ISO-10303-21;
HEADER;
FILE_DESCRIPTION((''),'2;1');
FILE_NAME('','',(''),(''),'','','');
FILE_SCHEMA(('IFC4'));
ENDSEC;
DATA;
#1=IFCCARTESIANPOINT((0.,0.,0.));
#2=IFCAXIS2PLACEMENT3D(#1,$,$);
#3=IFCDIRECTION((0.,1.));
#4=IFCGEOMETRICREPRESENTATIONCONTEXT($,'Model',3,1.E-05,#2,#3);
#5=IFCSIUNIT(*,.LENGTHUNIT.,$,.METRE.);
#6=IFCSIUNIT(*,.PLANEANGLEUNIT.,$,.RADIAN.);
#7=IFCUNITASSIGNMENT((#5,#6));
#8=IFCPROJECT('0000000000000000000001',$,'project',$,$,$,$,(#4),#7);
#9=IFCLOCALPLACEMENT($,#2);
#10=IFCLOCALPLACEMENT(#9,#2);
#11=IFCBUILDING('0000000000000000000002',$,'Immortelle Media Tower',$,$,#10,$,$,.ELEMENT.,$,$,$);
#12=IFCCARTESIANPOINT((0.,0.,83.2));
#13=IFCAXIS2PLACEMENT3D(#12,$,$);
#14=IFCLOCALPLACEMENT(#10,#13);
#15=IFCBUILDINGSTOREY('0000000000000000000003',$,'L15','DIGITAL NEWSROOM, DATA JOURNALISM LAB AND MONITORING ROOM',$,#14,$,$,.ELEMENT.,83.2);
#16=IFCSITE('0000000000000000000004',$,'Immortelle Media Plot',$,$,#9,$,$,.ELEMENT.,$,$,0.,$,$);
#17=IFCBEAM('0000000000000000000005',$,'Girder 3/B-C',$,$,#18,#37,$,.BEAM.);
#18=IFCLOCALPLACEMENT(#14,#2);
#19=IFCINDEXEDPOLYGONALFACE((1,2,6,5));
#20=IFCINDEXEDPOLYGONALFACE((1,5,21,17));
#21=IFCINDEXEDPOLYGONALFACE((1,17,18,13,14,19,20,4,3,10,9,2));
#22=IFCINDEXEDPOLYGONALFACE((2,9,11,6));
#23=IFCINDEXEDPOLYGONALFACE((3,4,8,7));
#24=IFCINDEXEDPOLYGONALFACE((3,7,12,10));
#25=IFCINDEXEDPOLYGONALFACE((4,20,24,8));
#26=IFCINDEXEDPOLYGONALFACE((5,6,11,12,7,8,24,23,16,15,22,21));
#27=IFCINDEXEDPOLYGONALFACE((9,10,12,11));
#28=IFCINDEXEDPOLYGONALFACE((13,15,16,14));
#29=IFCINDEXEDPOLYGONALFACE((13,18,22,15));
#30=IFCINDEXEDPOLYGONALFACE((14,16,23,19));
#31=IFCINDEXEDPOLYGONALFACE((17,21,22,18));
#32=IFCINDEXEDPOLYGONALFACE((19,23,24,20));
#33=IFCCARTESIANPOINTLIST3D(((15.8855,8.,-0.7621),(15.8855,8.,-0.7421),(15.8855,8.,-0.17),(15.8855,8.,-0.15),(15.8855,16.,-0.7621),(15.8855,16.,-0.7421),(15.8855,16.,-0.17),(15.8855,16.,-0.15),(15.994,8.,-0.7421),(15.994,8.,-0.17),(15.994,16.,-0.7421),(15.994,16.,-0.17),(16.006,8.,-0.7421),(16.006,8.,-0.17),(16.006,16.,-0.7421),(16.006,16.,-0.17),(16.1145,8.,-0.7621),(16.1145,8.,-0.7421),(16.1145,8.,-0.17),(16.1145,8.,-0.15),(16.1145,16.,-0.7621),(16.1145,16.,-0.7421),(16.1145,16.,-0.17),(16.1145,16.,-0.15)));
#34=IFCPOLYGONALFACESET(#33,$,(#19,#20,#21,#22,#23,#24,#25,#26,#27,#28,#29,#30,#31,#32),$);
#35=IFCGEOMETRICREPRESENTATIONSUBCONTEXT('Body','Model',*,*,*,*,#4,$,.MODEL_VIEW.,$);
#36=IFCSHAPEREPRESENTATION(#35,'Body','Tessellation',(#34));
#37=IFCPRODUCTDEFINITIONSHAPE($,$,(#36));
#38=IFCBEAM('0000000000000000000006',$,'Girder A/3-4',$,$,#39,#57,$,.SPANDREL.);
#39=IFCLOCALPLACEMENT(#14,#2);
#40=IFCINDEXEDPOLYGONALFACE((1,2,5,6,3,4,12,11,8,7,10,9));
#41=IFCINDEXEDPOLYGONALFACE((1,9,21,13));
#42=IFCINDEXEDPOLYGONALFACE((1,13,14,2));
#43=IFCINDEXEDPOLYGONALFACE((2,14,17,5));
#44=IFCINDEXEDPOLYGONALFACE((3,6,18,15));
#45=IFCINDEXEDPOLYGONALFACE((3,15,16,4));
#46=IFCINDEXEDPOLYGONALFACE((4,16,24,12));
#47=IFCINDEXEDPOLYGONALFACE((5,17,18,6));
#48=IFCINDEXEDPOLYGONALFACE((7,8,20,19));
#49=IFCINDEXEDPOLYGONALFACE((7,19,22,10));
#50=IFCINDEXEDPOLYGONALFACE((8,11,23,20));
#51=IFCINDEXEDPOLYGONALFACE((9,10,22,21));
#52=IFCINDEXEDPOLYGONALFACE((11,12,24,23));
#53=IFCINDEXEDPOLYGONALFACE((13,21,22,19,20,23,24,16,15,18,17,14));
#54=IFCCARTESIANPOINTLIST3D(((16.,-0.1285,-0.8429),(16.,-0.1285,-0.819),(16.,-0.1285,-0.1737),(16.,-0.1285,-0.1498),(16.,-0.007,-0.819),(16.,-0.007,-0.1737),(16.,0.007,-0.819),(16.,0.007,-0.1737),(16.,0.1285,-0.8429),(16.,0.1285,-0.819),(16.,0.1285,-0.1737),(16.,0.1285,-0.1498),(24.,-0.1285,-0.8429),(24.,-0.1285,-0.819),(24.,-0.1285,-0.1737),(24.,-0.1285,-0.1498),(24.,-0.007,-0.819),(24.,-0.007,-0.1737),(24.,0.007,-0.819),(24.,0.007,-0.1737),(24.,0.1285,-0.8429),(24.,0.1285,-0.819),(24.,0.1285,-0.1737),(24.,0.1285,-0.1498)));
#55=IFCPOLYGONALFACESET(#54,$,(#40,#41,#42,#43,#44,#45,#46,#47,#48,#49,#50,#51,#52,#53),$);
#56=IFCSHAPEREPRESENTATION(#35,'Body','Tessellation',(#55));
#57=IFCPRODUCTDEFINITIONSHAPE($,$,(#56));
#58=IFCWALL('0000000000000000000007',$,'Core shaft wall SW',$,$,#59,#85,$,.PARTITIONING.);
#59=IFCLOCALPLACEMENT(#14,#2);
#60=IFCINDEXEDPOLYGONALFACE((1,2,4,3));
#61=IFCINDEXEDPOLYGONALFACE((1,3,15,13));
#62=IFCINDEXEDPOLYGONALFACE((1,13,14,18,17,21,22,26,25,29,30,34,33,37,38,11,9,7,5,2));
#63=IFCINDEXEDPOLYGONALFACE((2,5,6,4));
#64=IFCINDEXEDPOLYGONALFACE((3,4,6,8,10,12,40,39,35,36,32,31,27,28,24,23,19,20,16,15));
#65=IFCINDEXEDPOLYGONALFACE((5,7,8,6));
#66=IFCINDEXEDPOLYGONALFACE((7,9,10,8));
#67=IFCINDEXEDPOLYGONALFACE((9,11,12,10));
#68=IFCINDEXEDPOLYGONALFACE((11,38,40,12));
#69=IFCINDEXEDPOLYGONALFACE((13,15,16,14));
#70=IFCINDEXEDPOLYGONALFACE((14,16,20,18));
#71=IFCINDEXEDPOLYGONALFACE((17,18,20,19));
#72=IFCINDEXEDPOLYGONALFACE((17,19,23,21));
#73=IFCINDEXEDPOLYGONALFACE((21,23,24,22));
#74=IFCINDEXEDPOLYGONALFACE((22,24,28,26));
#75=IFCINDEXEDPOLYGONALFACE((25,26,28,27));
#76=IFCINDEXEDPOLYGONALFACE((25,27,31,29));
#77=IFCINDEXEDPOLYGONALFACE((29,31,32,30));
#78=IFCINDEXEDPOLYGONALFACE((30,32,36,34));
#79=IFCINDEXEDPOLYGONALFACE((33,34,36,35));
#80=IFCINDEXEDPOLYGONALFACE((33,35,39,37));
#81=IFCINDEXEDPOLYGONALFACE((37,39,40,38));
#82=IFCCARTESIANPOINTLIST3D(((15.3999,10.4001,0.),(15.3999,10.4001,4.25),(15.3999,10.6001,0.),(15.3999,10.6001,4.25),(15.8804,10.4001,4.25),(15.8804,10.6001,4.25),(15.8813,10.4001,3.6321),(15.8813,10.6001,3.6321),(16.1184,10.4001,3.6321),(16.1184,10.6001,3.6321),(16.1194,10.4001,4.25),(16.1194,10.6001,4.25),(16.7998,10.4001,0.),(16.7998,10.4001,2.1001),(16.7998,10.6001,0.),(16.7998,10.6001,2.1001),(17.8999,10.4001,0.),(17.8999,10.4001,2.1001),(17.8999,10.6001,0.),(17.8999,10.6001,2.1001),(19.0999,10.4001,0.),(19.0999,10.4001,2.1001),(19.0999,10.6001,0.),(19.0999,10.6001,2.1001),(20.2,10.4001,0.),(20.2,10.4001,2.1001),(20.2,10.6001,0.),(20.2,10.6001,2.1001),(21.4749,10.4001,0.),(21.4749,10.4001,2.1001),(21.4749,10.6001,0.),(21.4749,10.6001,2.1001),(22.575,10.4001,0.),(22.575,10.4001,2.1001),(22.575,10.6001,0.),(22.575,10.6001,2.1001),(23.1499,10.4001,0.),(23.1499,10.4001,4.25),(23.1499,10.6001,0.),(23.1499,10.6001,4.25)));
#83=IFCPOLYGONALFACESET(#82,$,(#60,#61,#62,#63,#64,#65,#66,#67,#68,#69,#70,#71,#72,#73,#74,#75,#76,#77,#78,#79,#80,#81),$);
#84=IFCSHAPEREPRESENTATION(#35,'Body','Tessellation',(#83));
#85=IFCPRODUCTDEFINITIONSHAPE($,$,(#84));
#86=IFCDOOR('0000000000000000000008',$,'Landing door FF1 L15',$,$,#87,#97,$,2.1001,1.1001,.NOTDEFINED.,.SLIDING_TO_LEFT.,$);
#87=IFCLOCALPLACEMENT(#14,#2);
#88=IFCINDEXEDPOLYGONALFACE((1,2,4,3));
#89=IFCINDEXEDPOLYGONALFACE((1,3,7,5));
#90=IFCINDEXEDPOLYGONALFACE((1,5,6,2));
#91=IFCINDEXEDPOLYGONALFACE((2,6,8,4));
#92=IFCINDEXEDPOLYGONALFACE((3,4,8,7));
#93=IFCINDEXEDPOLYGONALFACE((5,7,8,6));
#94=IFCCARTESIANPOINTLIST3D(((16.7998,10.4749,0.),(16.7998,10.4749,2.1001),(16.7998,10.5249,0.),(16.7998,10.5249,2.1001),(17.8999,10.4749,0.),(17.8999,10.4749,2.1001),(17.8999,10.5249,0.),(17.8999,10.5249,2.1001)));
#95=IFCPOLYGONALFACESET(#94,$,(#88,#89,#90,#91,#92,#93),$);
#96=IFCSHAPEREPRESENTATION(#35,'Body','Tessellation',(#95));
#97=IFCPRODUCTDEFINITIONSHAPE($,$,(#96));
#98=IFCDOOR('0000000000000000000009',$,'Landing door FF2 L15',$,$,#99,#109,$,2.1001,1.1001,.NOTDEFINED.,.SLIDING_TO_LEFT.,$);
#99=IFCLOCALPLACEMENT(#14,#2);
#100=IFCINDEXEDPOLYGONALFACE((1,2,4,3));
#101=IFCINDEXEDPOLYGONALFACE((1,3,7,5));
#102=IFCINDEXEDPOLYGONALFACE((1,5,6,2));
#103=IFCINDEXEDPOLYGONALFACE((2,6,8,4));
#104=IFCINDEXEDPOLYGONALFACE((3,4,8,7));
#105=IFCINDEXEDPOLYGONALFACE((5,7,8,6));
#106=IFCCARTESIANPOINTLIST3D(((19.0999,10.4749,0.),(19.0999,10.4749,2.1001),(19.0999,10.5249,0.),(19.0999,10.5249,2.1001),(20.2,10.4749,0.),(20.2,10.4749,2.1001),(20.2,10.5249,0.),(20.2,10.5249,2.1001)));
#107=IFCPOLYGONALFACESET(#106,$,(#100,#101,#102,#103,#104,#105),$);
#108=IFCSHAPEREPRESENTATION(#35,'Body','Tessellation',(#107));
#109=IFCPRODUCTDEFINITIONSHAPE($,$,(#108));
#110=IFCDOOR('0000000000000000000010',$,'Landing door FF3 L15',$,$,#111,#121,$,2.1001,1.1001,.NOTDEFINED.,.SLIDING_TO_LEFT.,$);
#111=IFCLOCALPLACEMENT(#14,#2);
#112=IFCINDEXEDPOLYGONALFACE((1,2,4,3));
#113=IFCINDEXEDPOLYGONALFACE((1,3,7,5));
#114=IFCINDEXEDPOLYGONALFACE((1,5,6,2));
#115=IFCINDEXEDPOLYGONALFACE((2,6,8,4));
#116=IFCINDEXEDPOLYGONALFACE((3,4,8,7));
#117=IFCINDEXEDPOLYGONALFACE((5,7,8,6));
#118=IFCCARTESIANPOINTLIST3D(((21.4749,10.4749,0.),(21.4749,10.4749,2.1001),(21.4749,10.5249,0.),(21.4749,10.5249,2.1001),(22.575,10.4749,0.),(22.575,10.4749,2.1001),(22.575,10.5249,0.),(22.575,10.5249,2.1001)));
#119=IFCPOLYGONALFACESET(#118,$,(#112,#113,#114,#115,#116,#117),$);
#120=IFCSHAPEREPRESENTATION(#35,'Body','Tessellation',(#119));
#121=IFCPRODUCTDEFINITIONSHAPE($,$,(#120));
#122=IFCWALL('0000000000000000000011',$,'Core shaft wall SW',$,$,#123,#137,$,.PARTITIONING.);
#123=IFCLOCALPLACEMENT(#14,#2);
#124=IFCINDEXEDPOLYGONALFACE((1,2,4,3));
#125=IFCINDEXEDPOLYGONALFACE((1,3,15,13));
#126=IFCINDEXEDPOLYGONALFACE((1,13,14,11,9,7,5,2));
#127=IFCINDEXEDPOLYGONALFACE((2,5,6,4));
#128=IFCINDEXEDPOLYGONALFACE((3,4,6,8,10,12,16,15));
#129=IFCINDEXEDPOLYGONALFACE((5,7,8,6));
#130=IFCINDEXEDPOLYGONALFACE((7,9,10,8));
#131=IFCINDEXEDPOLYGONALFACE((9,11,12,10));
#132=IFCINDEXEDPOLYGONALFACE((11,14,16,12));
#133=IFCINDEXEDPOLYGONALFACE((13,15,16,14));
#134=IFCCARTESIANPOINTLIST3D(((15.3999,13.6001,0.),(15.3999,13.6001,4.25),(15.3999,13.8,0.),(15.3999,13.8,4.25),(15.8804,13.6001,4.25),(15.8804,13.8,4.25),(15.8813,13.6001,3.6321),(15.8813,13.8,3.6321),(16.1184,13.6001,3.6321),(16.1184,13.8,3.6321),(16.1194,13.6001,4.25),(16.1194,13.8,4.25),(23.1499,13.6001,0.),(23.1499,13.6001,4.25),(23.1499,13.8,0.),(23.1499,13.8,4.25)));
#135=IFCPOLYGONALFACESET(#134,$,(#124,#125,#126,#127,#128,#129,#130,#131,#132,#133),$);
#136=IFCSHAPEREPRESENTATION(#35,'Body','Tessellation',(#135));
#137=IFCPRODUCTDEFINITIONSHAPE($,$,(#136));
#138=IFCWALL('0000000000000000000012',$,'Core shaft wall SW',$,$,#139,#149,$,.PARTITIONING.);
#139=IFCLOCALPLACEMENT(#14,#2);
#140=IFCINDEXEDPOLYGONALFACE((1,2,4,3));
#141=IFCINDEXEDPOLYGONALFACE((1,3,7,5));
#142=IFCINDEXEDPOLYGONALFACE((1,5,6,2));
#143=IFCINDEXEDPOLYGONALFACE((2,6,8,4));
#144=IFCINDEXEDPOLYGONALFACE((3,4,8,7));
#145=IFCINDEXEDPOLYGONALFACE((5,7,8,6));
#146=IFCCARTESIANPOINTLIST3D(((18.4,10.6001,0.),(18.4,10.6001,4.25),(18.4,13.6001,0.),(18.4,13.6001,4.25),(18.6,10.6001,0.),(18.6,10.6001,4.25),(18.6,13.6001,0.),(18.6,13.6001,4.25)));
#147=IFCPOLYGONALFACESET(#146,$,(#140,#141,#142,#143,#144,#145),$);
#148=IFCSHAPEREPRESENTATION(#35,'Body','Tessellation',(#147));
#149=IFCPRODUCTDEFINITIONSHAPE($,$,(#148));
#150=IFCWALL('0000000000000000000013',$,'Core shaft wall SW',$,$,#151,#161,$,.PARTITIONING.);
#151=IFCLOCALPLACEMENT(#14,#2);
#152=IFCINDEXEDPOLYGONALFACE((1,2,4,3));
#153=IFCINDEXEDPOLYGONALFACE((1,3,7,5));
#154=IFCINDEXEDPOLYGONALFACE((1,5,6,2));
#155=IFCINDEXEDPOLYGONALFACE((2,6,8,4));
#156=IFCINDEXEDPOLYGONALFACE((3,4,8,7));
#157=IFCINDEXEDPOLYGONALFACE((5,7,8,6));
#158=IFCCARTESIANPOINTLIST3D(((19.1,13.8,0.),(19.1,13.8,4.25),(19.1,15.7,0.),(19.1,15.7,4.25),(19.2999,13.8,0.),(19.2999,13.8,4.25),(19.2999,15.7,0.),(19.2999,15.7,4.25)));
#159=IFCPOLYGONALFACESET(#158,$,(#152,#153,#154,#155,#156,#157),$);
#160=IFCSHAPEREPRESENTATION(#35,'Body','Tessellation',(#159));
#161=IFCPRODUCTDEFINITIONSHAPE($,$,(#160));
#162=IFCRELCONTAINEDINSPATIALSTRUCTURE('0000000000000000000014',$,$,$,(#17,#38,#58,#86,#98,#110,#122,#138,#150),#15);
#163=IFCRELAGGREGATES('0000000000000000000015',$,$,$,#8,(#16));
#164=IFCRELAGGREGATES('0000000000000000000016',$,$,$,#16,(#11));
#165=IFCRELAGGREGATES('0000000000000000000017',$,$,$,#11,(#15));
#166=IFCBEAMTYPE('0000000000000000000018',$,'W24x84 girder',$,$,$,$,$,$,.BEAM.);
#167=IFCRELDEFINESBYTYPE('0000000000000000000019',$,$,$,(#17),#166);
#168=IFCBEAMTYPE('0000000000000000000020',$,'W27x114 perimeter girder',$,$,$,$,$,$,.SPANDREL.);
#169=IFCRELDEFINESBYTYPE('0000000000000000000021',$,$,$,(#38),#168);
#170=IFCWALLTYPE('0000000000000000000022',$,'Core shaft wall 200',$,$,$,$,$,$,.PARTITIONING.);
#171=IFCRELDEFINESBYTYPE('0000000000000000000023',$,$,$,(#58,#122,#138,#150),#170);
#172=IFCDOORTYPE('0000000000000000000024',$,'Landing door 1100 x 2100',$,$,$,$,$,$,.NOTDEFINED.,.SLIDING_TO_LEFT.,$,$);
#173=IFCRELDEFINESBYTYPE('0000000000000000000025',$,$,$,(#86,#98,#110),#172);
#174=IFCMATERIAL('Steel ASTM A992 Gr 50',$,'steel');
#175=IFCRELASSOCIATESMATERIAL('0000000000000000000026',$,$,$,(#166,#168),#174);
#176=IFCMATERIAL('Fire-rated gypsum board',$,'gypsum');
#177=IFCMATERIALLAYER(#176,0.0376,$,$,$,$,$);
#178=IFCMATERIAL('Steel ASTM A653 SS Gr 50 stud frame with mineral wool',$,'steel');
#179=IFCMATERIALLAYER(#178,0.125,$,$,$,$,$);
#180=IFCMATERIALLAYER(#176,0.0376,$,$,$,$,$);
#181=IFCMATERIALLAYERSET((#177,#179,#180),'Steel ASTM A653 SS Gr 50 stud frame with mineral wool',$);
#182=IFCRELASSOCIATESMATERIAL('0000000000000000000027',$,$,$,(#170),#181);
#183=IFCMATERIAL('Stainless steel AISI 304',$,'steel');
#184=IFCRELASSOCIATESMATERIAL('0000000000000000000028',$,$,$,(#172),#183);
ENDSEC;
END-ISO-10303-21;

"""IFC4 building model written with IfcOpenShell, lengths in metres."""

from ifc_helpers import new_model, si_unit, direction, frame, frame_2d, origin, origin_2d, place, context, subcontext, project, spatial, polyline, rectangle, i_section, outline, extrude, material, layer, layer_set, material_profile, profile_set, type_object, element, fill, save


model = new_model("IFC4")

# Units and contexts
model_context = context("Model", 3, precision=1e-05, world=origin(), true_north=direction((0.0, 1.0)))
body_context = subcontext(model_context, "Body", "Model", "MODEL_VIEW")
ifc_project = project(units=[si_unit("LENGTHUNIT", "METRE"), si_unit("PLANEANGLEUNIT", "RADIAN")], contexts=[model_context])

# Site, building, storey
site_placement = place(None, origin())
site = spatial("IfcSite", under=ifc_project, at=site_placement, Name="Immortelle Media Plot", CompositionType="ELEMENT", RefElevation=0.0)
building_placement = place(site_placement, origin())
building = spatial("IfcBuilding", under=site, at=building_placement, Name="Immortelle Media Tower", CompositionType="ELEMENT")
storey_placement = place(building_placement, frame((0.0, 0.0, 83.2)))
storey = spatial("IfcBuildingStorey", under=building, at=storey_placement, Name="L15", Description="DIGITAL NEWSROOM, DATA JOURNALISM LAB AND MONITORING ROOM", CompositionType="ELEMENT", Elevation=83.2)

# Shared definitions
ifc_material_1 = material(Name="Steel ASTM A992 Gr 50", Category="steel")

# Beams
ifc_material_profile_1 = material_profile(ifc_material_1, i_section(OverallWidth=0.229, OverallDepth=0.6121, WebThickness=0.012, FlangeThickness=0.02, at=origin_2d()), Name="W24x84")
ifc_profile_set_1 = profile_set([ifc_material_profile_1], Name="Steel ASTM A992 Gr 50")
beam_type_1 = type_object("IfcBeamType", Name="W24x84 girder", PredefinedType="BEAM", material=ifc_profile_set_1)
for number, where, z_axis, x_axis, name in (
    (1, (16.0, 8.0, -0.4561), (0.0, 1.0, 0.0), (-1.0, 0.0, 0.0), "Girder 3/B-C"),
):
    element("IfcBeam", number, at=place(storey_placement, frame(where, z_axis=z_axis, x_axis=x_axis)), inside=storey, type_object=beam_type_1, Name=name, PredefinedType="BEAM", context=body_context, shape_type="SweptSolid", body=[
        extrude(i_section(OverallWidth=0.229, OverallDepth=0.6121, WebThickness=0.012, FlangeThickness=0.02, at=origin_2d()), origin(), (0.0, 0.0, 1.0), 8.0),
    ])
ifc_material_profile_2 = material_profile(ifc_material_1, i_section(OverallWidth=0.2571, OverallDepth=0.6931, WebThickness=0.0139, FlangeThickness=0.0239, at=origin_2d()), Name="W27x114")
ifc_profile_set_2 = profile_set([ifc_material_profile_2], Name="Steel ASTM A992 Gr 50")
beam_type_2 = type_object("IfcBeamType", Name="W27x114 perimeter girder", PredefinedType="SPANDREL", material=ifc_profile_set_2)
beam_1_placement = place(storey_placement, frame((16.0, 0.0, -0.4963), z_axis=(1.0, 0.0, 0.0), x_axis=(0.0, 1.0, 0.0)))
element("IfcBeam", 2, at=beam_1_placement, inside=storey, type_object=beam_type_2, Name="Girder A/3-4", PredefinedType="SPANDREL", context=body_context, shape_type="SweptSolid", body=[
    extrude(i_section(OverallWidth=0.2571, OverallDepth=0.6931, WebThickness=0.0139, FlangeThickness=0.0239, at=origin_2d()), origin(), (0.0, 0.0, 1.0), 8.0),
])

# Wall, openings, doors
ifc_material_2 = material(Name="Fire-rated gypsum board", Category="gypsum")
ifc_layer_1 = layer(ifc_material_2, 0.0376)
ifc_material_3 = material(Name="Steel ASTM A653 SS Gr 50 stud frame with mineral wool", Category="steel")
ifc_layer_2 = layer(ifc_material_3, 0.125)
ifc_layer_3 = layer(ifc_material_2, 0.0376)
ifc_layer_set_1 = layer_set([ifc_layer_1, ifc_layer_2, ifc_layer_3], Name="Steel ASTM A653 SS Gr 50 stud frame with mineral wool")
wall_type_1 = type_object("IfcWallType", Name="Core shaft wall 200", PredefinedType="PARTITIONING", material=ifc_layer_set_1)
wall_1_placement = place(storey_placement, frame((15.3999, 10.5, 0.0), z_axis=(0.0, 0.0, 1.0), x_axis=(1.0, 0.0, 0.0)))
wall_1 = element("IfcWall", 3, at=wall_1_placement, inside=storey, type_object=wall_type_1, Name="Core shaft wall SW", PredefinedType="PARTITIONING", context=body_context, shape_type="SweptSolid", body=[
    extrude(outline(polyline([(0.0, 0.0), (7.75, 0.0), (7.75, 4.25), (0.7195, 4.25), (0.7185, 3.6321), (0.4814, 3.6321), (0.4805, 4.25), (0.0, 4.25), (0.0, 0.0)])), frame((0.0, 0.1001, 0.0), z_axis=(0.0, -1.0, 0.0), x_axis=(1.0, 0.0, 0.0)), (0.0, 0.0, 1.0), 0.2),
])
opening_1_placement = place(wall_1_placement, frame((1.3999, 0.0, 0.0)))
opening_1 = element("IfcOpeningElement", 4, at=opening_1_placement, cuts=wall_1, PredefinedType="OPENING", context=body_context, shape_type="SweptSolid", body=[
    extrude(rectangle(XDim=1.1001, YDim=2.1001, at=frame_2d((0.55, 1.05))), frame((0.0, 0.1099, 0.0), z_axis=(0.0, -1.0, 0.0), x_axis=(1.0, 0.0, 0.0)), (0.0, 0.0, 1.0), 0.22),
])
opening_2_placement = place(wall_1_placement, frame((3.7, 0.0, 0.0)))
opening_2 = element("IfcOpeningElement", 5, at=opening_2_placement, cuts=wall_1, PredefinedType="OPENING", context=body_context, shape_type="SweptSolid", body=[
    extrude(rectangle(XDim=1.1001, YDim=2.1001, at=frame_2d((0.55, 1.05))), frame((0.0, 0.1099, 0.0), z_axis=(0.0, -1.0, 0.0), x_axis=(1.0, 0.0, 0.0)), (0.0, 0.0, 1.0), 0.22),
])
opening_3_placement = place(wall_1_placement, frame((6.075, 0.0, 0.0)))
opening_3 = element("IfcOpeningElement", 6, at=opening_3_placement, cuts=wall_1, PredefinedType="OPENING", context=body_context, shape_type="SweptSolid", body=[
    extrude(rectangle(XDim=1.1001, YDim=2.1001, at=frame_2d((0.55, 1.05))), frame((0.0, 0.1099, 0.0), z_axis=(0.0, -1.0, 0.0), x_axis=(1.0, 0.0, 0.0)), (0.0, 0.0, 1.0), 0.22),
])
ifc_material_4 = material(Name="Stainless steel AISI 304", Category="steel")
door_type_1 = type_object("IfcDoorType", Name="Landing door 1100 x 2100", OperationType="SLIDING_TO_LEFT", PredefinedType="NOTDEFINED", material=ifc_material_4)
door_1_placement = place(opening_1_placement, origin())
door_1 = element("IfcDoor", 7, at=door_1_placement, inside=storey, type_object=door_type_1, Name="Landing door FF1 L15", OperationType="SLIDING_TO_LEFT", OverallHeight=2.1001, OverallWidth=1.1001, PredefinedType="NOTDEFINED", context=body_context, shape_type="SweptSolid", body=[
    extrude(rectangle(XDim=1.1001, YDim=2.1001, at=frame_2d((0.55, 1.05))), frame((0.0, 0.0249, 0.0), z_axis=(0.0, -1.0, 0.0), x_axis=(1.0, 0.0, 0.0)), (0.0, 0.0, 1.0), 0.05),
])
fill(opening_1, door_1)
door_2_placement = place(opening_2_placement, origin())
door_2 = element("IfcDoor", 8, at=door_2_placement, inside=storey, type_object=door_type_1, Name="Landing door FF2 L15", OperationType="SLIDING_TO_LEFT", OverallHeight=2.1001, OverallWidth=1.1001, PredefinedType="NOTDEFINED", context=body_context, shape_type="SweptSolid", body=[
    extrude(rectangle(XDim=1.1001, YDim=2.1001, at=frame_2d((0.55, 1.05))), frame((0.0, 0.0249, 0.0), z_axis=(0.0, -1.0, 0.0), x_axis=(1.0, 0.0, 0.0)), (0.0, 0.0, 1.0), 0.05),
])
fill(opening_2, door_2)
door_3_placement = place(opening_3_placement, origin())
door_3 = element("IfcDoor", 9, at=door_3_placement, inside=storey, type_object=door_type_1, Name="Landing door FF3 L15", OperationType="SLIDING_TO_LEFT", OverallHeight=2.1001, OverallWidth=1.1001, PredefinedType="NOTDEFINED", context=body_context, shape_type="SweptSolid", body=[
    extrude(rectangle(XDim=1.1001, YDim=2.1001, at=frame_2d((0.55, 1.05))), frame((0.0, 0.0249, 0.0), z_axis=(0.0, -1.0, 0.0), x_axis=(1.0, 0.0, 0.0)), (0.0, 0.0, 1.0), 0.05),
])
fill(opening_3, door_3)

# Walls
wall_2_placement = place(storey_placement, frame((15.3999, 13.7, 0.0), z_axis=(0.0, 0.0, 1.0), x_axis=(1.0, 0.0, 0.0)))
element("IfcWall", 10, at=wall_2_placement, inside=storey, type_object=wall_type_1, Name="Core shaft wall SW", PredefinedType="PARTITIONING", context=body_context, shape_type="SweptSolid", body=[
    extrude(outline(polyline([(0.0, 0.0), (7.75, 0.0), (7.75, 4.25), (0.7195, 4.25), (0.7185, 3.6321), (0.4814, 3.6321), (0.4805, 4.25), (0.0, 4.25), (0.0, 0.0)])), frame((0.0, 0.1001, 0.0), z_axis=(0.0, -1.0, 0.0), x_axis=(1.0, 0.0, 0.0)), (0.0, 0.0, 1.0), 0.2),
])
wall_3_placement = place(storey_placement, frame((18.5, 10.6001, 0.0), z_axis=(0.0, 0.0, 1.0), x_axis=(0.0, 1.0, 0.0)))
element("IfcWall", 11, at=wall_3_placement, inside=storey, type_object=wall_type_1, Name="Core shaft wall SW", PredefinedType="PARTITIONING", context=body_context, shape_type="SweptSolid", body=[
    extrude(rectangle(XDim=3.0, YDim=0.2, at=frame_2d((1.5, 0.0))), origin(), (0.0, 0.0, 1.0), 4.25),
])
wall_4_placement = place(storey_placement, frame((19.2, 13.8, 0.0), z_axis=(0.0, 0.0, 1.0), x_axis=(0.0, 1.0, 0.0)))
element("IfcWall", 12, at=wall_4_placement, inside=storey, type_object=wall_type_1, Name="Core shaft wall SW", PredefinedType="PARTITIONING", context=body_context, shape_type="SweptSolid", body=[
    extrude(rectangle(XDim=1.8999, YDim=0.2, at=frame_2d((0.95, 0.0))), origin(), (0.0, 0.0, 1.0), 4.25),
])

save(model, "model.ifc")
